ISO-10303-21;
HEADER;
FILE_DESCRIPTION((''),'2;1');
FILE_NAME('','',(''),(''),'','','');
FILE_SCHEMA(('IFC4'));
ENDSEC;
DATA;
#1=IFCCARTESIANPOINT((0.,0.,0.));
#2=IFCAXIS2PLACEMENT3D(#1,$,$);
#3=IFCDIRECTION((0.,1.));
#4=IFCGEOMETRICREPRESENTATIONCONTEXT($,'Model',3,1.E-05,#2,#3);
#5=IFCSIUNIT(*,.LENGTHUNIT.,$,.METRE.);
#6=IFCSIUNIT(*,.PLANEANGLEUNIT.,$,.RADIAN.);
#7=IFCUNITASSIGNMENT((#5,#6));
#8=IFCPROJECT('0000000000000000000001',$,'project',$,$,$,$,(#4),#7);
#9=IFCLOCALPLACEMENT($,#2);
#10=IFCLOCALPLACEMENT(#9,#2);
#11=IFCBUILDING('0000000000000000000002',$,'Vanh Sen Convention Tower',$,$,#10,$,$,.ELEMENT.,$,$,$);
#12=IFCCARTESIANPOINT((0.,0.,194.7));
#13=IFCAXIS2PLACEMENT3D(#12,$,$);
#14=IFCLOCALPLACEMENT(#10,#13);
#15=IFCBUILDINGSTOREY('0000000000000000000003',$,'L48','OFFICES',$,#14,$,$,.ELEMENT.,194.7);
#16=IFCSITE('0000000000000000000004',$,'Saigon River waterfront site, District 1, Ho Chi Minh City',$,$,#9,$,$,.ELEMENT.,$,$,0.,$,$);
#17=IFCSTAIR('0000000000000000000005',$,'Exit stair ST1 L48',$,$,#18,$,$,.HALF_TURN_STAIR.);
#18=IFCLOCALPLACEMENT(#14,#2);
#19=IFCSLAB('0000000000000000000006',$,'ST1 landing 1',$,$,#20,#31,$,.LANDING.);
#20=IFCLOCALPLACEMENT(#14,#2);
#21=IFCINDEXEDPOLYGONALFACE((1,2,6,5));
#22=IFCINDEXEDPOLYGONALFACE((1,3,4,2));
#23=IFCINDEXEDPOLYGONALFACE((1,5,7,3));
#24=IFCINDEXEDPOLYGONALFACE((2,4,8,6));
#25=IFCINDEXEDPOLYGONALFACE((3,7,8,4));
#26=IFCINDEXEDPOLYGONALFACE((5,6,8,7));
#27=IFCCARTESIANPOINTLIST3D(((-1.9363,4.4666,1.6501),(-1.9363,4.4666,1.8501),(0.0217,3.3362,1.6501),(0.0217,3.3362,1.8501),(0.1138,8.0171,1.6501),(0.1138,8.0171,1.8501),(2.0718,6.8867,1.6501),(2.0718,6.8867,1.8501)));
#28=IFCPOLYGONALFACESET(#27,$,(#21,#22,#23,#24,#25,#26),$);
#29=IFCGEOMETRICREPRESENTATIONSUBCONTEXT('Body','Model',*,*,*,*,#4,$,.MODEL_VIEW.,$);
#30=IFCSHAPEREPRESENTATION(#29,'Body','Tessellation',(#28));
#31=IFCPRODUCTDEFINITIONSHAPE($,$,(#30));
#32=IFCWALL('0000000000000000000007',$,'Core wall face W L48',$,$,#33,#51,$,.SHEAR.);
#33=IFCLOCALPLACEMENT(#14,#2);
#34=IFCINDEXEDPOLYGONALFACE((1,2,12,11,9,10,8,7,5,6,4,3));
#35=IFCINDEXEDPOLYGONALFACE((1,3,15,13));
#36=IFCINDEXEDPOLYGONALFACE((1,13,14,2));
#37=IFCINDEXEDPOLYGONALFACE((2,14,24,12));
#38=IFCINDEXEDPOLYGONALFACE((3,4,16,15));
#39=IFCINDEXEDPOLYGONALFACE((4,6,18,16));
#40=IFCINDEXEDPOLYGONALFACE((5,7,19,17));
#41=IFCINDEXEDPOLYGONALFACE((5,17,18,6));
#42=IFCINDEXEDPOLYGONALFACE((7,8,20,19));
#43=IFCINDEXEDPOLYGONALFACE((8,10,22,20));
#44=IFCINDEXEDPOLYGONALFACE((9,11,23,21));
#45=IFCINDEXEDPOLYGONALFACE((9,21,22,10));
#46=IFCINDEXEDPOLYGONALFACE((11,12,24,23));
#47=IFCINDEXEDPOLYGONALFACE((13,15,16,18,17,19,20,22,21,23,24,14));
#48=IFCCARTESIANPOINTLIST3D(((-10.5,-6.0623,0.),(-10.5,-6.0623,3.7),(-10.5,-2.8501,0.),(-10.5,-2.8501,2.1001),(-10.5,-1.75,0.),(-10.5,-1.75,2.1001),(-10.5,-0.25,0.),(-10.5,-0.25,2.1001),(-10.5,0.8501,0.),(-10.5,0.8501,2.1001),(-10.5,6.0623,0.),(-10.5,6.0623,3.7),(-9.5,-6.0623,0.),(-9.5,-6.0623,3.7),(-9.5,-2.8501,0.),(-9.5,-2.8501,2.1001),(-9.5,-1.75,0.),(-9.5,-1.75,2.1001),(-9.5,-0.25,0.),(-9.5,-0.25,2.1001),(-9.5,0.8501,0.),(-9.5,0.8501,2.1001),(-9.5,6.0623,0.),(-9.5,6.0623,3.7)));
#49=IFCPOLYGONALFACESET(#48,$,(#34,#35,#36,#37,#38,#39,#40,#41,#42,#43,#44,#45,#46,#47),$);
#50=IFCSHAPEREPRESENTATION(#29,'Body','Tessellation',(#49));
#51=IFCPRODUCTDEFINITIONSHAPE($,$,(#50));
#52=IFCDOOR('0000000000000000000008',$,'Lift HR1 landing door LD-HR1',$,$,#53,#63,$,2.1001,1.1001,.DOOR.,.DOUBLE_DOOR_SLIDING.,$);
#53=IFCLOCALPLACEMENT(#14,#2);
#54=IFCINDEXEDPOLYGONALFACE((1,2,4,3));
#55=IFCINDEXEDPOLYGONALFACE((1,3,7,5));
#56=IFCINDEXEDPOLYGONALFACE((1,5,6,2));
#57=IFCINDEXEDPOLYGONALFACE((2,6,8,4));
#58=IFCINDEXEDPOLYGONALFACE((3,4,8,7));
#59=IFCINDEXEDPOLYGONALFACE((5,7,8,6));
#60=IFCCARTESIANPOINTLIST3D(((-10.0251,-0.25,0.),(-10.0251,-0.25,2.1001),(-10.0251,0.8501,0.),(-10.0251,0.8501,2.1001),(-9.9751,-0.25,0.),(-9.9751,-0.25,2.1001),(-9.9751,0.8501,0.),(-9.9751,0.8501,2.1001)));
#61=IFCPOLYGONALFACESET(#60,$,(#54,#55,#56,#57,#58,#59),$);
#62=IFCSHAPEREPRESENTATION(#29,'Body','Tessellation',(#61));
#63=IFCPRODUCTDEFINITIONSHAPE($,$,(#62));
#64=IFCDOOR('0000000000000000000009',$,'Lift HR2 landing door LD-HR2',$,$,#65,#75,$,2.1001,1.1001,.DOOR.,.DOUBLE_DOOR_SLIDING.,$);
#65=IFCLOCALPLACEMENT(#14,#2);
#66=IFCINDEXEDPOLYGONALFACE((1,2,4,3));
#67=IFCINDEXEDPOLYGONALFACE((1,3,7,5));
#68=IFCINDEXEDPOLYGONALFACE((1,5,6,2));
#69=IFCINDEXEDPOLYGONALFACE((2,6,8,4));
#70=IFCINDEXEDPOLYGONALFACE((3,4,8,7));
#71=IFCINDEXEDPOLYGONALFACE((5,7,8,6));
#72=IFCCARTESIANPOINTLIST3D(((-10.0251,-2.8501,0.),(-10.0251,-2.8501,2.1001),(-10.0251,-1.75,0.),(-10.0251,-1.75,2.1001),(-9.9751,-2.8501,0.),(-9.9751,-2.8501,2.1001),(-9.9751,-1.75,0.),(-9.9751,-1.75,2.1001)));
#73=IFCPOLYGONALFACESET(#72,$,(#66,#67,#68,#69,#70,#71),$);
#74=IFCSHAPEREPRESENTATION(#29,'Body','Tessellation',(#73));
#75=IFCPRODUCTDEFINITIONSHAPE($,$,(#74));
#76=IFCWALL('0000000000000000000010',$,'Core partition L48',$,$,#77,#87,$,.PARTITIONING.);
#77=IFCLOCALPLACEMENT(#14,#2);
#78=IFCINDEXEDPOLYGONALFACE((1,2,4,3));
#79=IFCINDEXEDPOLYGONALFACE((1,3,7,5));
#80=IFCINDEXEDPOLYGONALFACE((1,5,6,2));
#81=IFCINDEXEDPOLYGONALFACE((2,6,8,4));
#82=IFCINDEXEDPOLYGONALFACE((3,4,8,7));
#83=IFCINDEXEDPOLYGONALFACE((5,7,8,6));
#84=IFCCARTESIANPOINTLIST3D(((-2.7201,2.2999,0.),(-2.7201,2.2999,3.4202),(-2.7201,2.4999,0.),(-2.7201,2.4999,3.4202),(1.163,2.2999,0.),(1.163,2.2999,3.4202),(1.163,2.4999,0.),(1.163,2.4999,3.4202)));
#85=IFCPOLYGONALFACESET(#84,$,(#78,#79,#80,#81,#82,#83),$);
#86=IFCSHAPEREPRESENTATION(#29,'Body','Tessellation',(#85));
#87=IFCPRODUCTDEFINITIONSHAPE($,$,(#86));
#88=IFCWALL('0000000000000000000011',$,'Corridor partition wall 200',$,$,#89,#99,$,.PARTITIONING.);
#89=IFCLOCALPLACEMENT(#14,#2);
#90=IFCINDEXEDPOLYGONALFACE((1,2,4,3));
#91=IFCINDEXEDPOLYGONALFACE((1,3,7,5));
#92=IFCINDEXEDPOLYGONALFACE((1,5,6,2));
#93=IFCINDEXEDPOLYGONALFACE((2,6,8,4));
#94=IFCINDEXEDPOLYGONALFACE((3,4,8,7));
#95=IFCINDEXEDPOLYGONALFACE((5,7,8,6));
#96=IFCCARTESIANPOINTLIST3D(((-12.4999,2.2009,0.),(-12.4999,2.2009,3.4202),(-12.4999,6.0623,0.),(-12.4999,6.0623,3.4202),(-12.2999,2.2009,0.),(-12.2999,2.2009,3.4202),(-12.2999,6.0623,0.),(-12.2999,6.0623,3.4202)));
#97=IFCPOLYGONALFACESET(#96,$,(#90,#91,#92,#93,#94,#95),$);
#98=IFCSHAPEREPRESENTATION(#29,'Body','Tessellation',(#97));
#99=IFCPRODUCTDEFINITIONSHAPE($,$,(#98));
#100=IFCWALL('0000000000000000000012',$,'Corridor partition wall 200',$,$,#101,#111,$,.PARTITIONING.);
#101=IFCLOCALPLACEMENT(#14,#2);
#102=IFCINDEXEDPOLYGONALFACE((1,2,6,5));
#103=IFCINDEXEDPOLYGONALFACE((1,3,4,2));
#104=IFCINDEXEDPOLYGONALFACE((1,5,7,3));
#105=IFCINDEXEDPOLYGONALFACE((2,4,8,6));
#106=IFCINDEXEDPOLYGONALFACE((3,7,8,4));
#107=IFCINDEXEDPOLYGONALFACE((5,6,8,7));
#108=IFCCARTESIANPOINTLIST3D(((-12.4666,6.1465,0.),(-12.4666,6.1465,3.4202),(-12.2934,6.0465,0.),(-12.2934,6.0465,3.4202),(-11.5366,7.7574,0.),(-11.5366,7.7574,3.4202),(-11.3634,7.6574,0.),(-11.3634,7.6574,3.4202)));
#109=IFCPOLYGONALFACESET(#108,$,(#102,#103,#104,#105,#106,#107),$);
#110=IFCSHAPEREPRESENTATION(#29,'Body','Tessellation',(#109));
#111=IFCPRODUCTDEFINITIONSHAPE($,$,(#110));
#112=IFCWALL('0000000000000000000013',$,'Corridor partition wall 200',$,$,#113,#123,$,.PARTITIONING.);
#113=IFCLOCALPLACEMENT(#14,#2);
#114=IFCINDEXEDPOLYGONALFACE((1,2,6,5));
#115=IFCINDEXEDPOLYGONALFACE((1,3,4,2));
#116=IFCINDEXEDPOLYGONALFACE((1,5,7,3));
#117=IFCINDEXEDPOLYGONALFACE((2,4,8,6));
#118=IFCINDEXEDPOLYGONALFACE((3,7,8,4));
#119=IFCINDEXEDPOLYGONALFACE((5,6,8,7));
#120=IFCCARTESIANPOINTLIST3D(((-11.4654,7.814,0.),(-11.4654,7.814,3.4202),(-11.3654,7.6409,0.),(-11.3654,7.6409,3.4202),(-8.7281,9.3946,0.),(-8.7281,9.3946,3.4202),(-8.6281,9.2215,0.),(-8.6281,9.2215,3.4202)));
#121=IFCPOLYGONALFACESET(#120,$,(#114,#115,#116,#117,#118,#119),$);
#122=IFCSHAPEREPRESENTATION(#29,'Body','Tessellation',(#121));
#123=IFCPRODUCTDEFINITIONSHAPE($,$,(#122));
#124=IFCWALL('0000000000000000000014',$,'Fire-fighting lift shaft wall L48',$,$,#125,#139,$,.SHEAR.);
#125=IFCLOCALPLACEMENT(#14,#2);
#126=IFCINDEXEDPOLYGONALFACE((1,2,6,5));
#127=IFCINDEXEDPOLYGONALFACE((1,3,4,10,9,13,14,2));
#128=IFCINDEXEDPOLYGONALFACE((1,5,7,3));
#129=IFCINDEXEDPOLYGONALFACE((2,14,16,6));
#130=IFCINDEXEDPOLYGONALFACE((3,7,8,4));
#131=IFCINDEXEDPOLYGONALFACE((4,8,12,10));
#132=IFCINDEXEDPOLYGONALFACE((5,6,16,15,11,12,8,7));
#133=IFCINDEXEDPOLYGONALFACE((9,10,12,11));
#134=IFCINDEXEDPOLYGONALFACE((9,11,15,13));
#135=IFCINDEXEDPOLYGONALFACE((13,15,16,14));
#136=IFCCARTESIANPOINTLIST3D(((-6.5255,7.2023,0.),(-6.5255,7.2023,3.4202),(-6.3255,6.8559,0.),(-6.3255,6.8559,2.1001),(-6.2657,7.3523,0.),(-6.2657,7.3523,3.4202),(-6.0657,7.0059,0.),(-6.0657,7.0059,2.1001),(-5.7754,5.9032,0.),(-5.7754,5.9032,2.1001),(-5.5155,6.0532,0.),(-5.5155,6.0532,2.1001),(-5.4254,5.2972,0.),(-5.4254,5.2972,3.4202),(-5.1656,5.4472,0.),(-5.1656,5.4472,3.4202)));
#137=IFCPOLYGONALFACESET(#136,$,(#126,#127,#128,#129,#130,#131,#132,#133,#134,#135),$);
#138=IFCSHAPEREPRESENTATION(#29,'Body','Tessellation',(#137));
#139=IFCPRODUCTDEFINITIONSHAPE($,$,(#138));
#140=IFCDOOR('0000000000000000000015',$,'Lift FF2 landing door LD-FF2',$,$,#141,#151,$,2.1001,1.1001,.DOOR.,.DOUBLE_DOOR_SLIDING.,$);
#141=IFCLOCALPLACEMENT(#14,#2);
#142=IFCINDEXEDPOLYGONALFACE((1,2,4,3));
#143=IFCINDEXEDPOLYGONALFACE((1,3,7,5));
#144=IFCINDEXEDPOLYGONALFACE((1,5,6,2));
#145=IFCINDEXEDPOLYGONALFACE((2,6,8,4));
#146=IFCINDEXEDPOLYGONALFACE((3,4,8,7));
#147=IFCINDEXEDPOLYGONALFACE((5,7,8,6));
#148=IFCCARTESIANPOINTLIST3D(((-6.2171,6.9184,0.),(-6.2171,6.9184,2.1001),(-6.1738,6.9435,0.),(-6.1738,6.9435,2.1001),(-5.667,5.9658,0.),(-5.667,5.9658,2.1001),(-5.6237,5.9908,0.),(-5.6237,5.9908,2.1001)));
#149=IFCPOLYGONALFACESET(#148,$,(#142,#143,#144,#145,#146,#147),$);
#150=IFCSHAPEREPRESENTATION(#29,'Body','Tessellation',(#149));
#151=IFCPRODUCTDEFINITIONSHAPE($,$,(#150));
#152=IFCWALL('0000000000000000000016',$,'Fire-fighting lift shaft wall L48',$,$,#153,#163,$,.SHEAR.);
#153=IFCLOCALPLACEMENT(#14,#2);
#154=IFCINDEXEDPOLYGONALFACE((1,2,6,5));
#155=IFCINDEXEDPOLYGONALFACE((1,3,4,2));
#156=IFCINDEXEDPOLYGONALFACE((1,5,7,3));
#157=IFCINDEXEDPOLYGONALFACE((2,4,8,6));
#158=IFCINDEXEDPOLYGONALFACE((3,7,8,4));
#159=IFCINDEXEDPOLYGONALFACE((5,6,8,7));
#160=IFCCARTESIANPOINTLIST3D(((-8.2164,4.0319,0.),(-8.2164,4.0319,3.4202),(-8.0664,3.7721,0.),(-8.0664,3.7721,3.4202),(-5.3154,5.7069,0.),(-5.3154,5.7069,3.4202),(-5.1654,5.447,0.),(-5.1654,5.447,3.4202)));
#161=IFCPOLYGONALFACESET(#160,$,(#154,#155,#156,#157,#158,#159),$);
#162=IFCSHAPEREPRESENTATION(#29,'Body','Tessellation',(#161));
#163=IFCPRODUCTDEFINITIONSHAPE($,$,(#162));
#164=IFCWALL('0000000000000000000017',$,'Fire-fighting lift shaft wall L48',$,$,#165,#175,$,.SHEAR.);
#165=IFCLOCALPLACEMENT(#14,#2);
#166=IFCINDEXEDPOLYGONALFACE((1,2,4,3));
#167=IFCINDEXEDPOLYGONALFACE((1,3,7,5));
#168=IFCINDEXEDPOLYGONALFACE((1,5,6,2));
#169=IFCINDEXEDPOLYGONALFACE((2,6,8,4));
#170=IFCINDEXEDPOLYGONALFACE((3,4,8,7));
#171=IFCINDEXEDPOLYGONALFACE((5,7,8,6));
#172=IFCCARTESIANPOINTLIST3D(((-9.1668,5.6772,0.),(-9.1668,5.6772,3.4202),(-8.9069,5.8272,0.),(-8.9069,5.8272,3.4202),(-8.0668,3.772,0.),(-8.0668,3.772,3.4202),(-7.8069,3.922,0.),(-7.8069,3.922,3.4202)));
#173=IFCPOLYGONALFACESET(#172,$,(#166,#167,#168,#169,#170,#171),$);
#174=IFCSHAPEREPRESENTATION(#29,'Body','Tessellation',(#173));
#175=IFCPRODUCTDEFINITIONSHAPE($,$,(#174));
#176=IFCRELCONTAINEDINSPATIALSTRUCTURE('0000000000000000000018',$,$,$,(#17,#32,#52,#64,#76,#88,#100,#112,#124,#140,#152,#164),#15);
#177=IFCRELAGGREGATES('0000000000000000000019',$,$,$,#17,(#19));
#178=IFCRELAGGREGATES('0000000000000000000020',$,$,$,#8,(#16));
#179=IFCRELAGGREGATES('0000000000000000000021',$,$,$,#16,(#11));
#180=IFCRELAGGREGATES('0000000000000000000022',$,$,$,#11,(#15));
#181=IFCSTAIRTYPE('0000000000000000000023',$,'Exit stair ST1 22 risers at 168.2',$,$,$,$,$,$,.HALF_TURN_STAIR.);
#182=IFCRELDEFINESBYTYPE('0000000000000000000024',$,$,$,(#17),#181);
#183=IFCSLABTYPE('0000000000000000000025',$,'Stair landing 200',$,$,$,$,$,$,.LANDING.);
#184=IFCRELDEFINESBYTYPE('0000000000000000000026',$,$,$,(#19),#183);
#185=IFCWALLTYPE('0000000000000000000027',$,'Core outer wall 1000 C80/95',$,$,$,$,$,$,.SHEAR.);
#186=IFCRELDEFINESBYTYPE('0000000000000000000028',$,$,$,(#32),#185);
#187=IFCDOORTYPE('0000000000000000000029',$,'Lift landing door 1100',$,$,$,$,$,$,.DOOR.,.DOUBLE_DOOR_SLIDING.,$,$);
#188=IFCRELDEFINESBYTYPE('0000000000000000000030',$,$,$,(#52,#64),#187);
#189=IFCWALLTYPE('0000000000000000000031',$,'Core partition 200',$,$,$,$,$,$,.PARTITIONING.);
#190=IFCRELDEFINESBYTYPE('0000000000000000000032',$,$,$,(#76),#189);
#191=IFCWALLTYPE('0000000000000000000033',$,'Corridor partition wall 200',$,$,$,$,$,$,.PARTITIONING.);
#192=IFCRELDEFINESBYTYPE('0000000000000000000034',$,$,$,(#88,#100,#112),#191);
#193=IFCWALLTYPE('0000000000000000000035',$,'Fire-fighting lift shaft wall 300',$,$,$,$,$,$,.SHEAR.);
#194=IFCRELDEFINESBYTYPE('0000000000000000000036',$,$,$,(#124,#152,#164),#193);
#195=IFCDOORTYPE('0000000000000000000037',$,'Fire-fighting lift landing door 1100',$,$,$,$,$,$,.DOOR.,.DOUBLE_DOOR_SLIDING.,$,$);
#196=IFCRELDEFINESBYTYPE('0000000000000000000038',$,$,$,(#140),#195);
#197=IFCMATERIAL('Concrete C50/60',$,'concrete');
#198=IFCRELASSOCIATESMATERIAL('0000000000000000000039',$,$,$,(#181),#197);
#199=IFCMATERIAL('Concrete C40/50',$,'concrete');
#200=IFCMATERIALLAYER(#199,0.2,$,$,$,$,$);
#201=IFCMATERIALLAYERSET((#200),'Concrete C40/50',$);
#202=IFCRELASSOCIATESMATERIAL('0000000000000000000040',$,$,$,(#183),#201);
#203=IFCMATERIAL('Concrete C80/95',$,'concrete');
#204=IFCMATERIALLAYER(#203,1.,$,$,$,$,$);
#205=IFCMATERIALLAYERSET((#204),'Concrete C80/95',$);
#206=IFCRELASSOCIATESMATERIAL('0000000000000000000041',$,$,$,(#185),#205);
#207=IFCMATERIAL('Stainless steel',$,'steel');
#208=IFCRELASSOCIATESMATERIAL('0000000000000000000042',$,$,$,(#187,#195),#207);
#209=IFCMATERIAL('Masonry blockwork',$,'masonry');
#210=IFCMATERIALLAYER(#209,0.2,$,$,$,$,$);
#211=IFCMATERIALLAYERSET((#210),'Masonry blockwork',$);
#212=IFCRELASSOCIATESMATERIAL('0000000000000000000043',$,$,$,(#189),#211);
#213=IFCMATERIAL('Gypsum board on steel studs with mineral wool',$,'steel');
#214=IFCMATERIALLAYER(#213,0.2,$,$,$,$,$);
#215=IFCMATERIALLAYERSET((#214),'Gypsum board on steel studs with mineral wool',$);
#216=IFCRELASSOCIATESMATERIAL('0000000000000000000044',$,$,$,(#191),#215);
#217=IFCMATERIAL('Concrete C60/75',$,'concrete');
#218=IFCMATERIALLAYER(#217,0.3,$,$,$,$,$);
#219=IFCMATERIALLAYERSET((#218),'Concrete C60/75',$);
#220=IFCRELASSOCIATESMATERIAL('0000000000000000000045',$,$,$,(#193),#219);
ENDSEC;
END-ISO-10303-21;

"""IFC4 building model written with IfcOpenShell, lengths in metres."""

from ifc_helpers import new_model, si_unit, direction, frame, frame_2d, origin, place, context, subcontext, project, spatial, polyline, rectangle, outline, extrude, material, layer, layer_set, type_object, element, fill, aggregate, save


model = new_model("IFC4")

# Units and contexts
model_context = context("Model", 3, precision=1e-05, world=origin(), true_north=direction((0.0, 1.0)))
body_context = subcontext(model_context, "Body", "Model", "MODEL_VIEW")
ifc_project = project(units=[si_unit("LENGTHUNIT", "METRE"), si_unit("PLANEANGLEUNIT", "RADIAN")], contexts=[model_context])

# Site, building, storey
site_placement = place(None, origin())
site = spatial("IfcSite", under=ifc_project, at=site_placement, Name="Saigon River waterfront site, District 1, Ho Chi Minh City", CompositionType="ELEMENT", RefElevation=0.0)
building_placement = place(site_placement, origin())
building = spatial("IfcBuilding", under=site, at=building_placement, Name="Vanh Sen Convention Tower", CompositionType="ELEMENT")
storey_placement = place(building_placement, frame((0.0, 0.0, 194.7)))
storey = spatial("IfcBuildingStorey", under=building, at=storey_placement, Name="L48", Description="OFFICES", CompositionType="ELEMENT", Elevation=194.7)

# Stair, slab
ifc_material_1 = material(Name="Concrete C50/60", Category="concrete")
stair_type = type_object("IfcStairType", Name="Exit stair ST1 22 risers at 168.2", PredefinedType="HALF_TURN_STAIR", material=ifc_material_1)
stair_placement = place(storey_placement, origin())
stair = element("IfcStair", 1, at=stair_placement, inside=storey, type_object=stair_type, Name="Exit stair ST1 L48", PredefinedType="HALF_TURN_STAIR")
ifc_material_2 = material(Name="Concrete C40/50", Category="concrete")
ifc_layer_1 = layer(ifc_material_2, 0.2)
ifc_layer_set_1 = layer_set([ifc_layer_1], Name="Concrete C40/50")
slab_type = type_object("IfcSlabType", Name="Stair landing 200", PredefinedType="LANDING", material=ifc_layer_set_1)
slab_placement = place(storey_placement, frame((0.0, 0.0, 1.6501)))
slab = element("IfcSlab", 2, at=slab_placement, type_object=slab_type, Name="ST1 landing 1", PredefinedType="LANDING", context=body_context, shape_type="SweptSolid", body=[
    extrude(outline(polyline([(2.0718, 6.8867), (0.1138, 8.0171), (-1.9363, 4.4666), (0.0217, 3.3362), (2.0718, 6.8867)])), origin(), (0.0, 0.0, 1.0), 0.2),
])
aggregate(stair, [slab])

# Wall, openings, doors
ifc_material_3 = material(Name="Concrete C80/95", Category="concrete")
ifc_layer_2 = layer(ifc_material_3, 1.0)
ifc_layer_set_2 = layer_set([ifc_layer_2], Name="Concrete C80/95")
wall_type_1 = type_object("IfcWallType", Name="Core outer wall 1000 C80/95", PredefinedType="SHEAR", material=ifc_layer_set_2)
wall_1_placement = place(storey_placement, frame((-10.0, 6.0623, 0.0), z_axis=(0.0, 0.0, 1.0), x_axis=(0.0, -1.0, 0.0)))
wall_1 = element("IfcWall", 3, at=wall_1_placement, inside=storey, type_object=wall_type_1, Name="Core wall face W L48", PredefinedType="SHEAR", context=body_context, shape_type="SweptSolid", body=[
    extrude(rectangle(XDim=12.1245, YDim=1.0, at=frame_2d((6.0623, 0.0))), origin(), (0.0, 0.0, 1.0), 3.7),
])
opening_1_placement = place(wall_1_placement, frame((5.2122, 0.0, 0.0)))
opening_1 = element("IfcOpeningElement", 4, at=opening_1_placement, cuts=wall_1, PredefinedType="OPENING", context=body_context, shape_type="SweptSolid", body=[
    extrude(rectangle(XDim=1.1001, YDim=2.1001, at=frame_2d((0.55, 1.05))), frame((0.0, 0.51, 0.0), z_axis=(0.0, -1.0, 0.0), x_axis=(1.0, 0.0, 0.0)), (0.0, 0.0, 1.0), 1.02),
])
opening_2_placement = place(wall_1_placement, frame((7.8123, 0.0, 0.0)))
opening_2 = element("IfcOpeningElement", 5, at=opening_2_placement, cuts=wall_1, PredefinedType="OPENING", context=body_context, shape_type="SweptSolid", body=[
    extrude(rectangle(XDim=1.1001, YDim=2.1001, at=frame_2d((0.55, 1.05))), frame((0.0, 0.51, 0.0), z_axis=(0.0, -1.0, 0.0), x_axis=(1.0, 0.0, 0.0)), (0.0, 0.0, 1.0), 1.02),
])
ifc_material_4 = material(Name="Stainless steel", Category="steel")
door_type_1 = type_object("IfcDoorType", Name="Lift landing door 1100", OperationType="DOUBLE_DOOR_SLIDING", PredefinedType="DOOR", material=ifc_material_4)
door_1_placement = place(opening_1_placement, origin())
door_1 = element("IfcDoor", 6, at=door_1_placement, inside=storey, type_object=door_type_1, Name="Lift HR1 landing door LD-HR1", OperationType="DOUBLE_DOOR_SLIDING", OverallHeight=2.1001, OverallWidth=1.1001, PredefinedType="DOOR", context=body_context, shape_type="SweptSolid", body=[
    extrude(rectangle(XDim=1.1001, YDim=2.1001, at=frame_2d((0.55, 1.05))), frame((0.0, 0.0249, 0.0), z_axis=(0.0, -1.0, 0.0), x_axis=(1.0, 0.0, 0.0)), (0.0, 0.0, 1.0), 0.05),
])
fill(opening_1, door_1)
door_2_placement = place(opening_2_placement, origin())
door_2 = element("IfcDoor", 7, at=door_2_placement, inside=storey, type_object=door_type_1, Name="Lift HR2 landing door LD-HR2", OperationType="DOUBLE_DOOR_SLIDING", OverallHeight=2.1001, OverallWidth=1.1001, PredefinedType="DOOR", context=body_context, shape_type="SweptSolid", body=[
    extrude(rectangle(XDim=1.1001, YDim=2.1001, at=frame_2d((0.55, 1.05))), frame((0.0, 0.0249, 0.0), z_axis=(0.0, -1.0, 0.0), x_axis=(1.0, 0.0, 0.0)), (0.0, 0.0, 1.0), 0.05),
])
fill(opening_2, door_2)

# Walls
ifc_material_5 = material(Name="Masonry blockwork", Category="masonry")
ifc_layer_3 = layer(ifc_material_5, 0.2)
ifc_layer_set_3 = layer_set([ifc_layer_3], Name="Masonry blockwork")
wall_type_2 = type_object("IfcWallType", Name="Core partition 200", PredefinedType="PARTITIONING", material=ifc_layer_set_3)
wall_2_placement = place(storey_placement, frame((-2.72, 2.3999, 0.0), z_axis=(0.0, 0.0, 1.0), x_axis=(1.0, 0.0, 0.0)))
element("IfcWall", 8, at=wall_2_placement, inside=storey, type_object=wall_type_2, Name="Core partition L48", PredefinedType="PARTITIONING", context=body_context, shape_type="SweptSolid", body=[
    extrude(rectangle(XDim=3.8831, YDim=0.2, at=frame_2d((1.9414, 0.0))), origin(), (0.0, 0.0, 1.0), 3.4202),
])
ifc_material_6 = material(Name="Gypsum board on steel studs with mineral wool", Category="steel")
ifc_layer_4 = layer(ifc_material_6, 0.2)
ifc_layer_set_4 = layer_set([ifc_layer_4], Name="Gypsum board on steel studs with mineral wool")
wall_type_3 = type_object("IfcWallType", Name="Corridor partition wall 200", PredefinedType="PARTITIONING", material=ifc_layer_set_4)
wall_3_placement = place(storey_placement, frame((-12.3999, 6.0623, 0.0), z_axis=(0.0, 0.0, 1.0), x_axis=(0.0, -1.0, 0.0)))
element("IfcWall", 9, at=wall_3_placement, inside=storey, type_object=wall_type_3, Name="Corridor partition wall 200", PredefinedType="PARTITIONING", context=body_context, shape_type="SweptSolid", body=[
    extrude(rectangle(XDim=3.8613, YDim=0.2, at=frame_2d((1.9307, 0.0))), origin(), (0.0, 0.0, 1.0), 3.4202),
])
wall_4_placement = place(storey_placement, frame((-11.45, 7.7075, 0.0), z_axis=(0.0, 0.0, 1.0), x_axis=(-0.499965, -0.866046, 0.0)))
element("IfcWall", 10, at=wall_4_placement, inside=storey, type_object=wall_type_3, Name="Corridor partition wall 200", PredefinedType="PARTITIONING", context=body_context, shape_type="SweptSolid", body=[
    extrude(rectangle(XDim=1.8601, YDim=0.2, at=frame_2d((0.9302, 0.0))), origin(), (0.0, 0.0, 1.0), 3.4202),
])
wall_5_placement = place(storey_placement, frame((-8.678, 9.3081, 0.0), z_axis=(0.0, 0.0, 1.0), x_axis=(-0.866, -0.500043, 0.0)))
element("IfcWall", 11, at=wall_5_placement, inside=storey, type_object=wall_type_3, Name="Corridor partition wall 200", PredefinedType="PARTITIONING", context=body_context, shape_type="SweptSolid", body=[
    extrude(rectangle(XDim=3.1609, YDim=0.2, at=frame_2d((1.5806, 0.0))), origin(), (0.0, 0.0, 1.0), 3.4202),
])

# Wall, opening, door
ifc_material_7 = material(Name="Concrete C60/75", Category="concrete")
ifc_layer_5 = layer(ifc_material_7, 0.3)
ifc_layer_set_5 = layer_set([ifc_layer_5], Name="Concrete C60/75")
wall_type_4 = type_object("IfcWallType", Name="Fire-fighting lift shaft wall 300", PredefinedType="SHEAR", material=ifc_layer_set_5)
wall_6_placement = place(storey_placement, frame((-5.2954, 5.3721, 0.0), z_axis=(0.0, 0.0, 1.0), x_axis=(-0.500078, 0.86598, 0.0)))
wall_6 = element("IfcWall", 12, at=wall_6_placement, inside=storey, type_object=wall_type_4, Name="Fire-fighting lift shaft wall L48", PredefinedType="SHEAR", context=body_context, shape_type="SweptSolid", body=[
    extrude(rectangle(XDim=2.2, YDim=0.3, at=frame_2d((1.1001, 0.0))), origin(), (0.0, 0.0, 1.0), 3.4202),
])
opening_3_placement = place(wall_6_placement, frame((0.7, 0.0, 0.0)))
opening_3 = element("IfcOpeningElement", 13, at=opening_3_placement, cuts=wall_6, PredefinedType="OPENING", context=body_context, shape_type="SweptSolid", body=[
    extrude(rectangle(XDim=1.1001, YDim=2.1001, at=frame_2d((0.55, 1.05))), frame((0.0, 0.1599, 0.0), z_axis=(0.0, -1.0, 0.0), x_axis=(1.0, 0.0, 0.0)), (0.0, 0.0, 1.0), 0.3201),
])
door_type_2 = type_object("IfcDoorType", Name="Fire-fighting lift landing door 1100", OperationType="DOUBLE_DOOR_SLIDING", PredefinedType="DOOR", material=ifc_material_4)
door_3_placement = place(opening_3_placement, origin())
door_3 = element("IfcDoor", 14, at=door_3_placement, inside=storey, type_object=door_type_2, Name="Lift FF2 landing door LD-FF2", OperationType="DOUBLE_DOOR_SLIDING", OverallHeight=2.1001, OverallWidth=1.1001, PredefinedType="DOOR", context=body_context, shape_type="SweptSolid", body=[
    extrude(rectangle(XDim=1.1001, YDim=2.1001, at=frame_2d((0.55, 1.05))), frame((0.0, 0.0249, 0.0), z_axis=(0.0, -1.0, 0.0), x_axis=(1.0, 0.0, 0.0)), (0.0, 0.0, 1.0), 0.05),
])
fill(opening_3, door_3)

# Walls
wall_7_placement = place(storey_placement, frame((-5.2405, 5.5769, 0.0), z_axis=(0.0, 0.0, 1.0), x_axis=(-0.866014, -0.500019, 0.0)))
element("IfcWall", 15, at=wall_7_placement, inside=storey, type_object=wall_type_4, Name="Fire-fighting lift shaft wall L48", PredefinedType="SHEAR", context=body_context, shape_type="SweptSolid", body=[
    extrude(rectangle(XDim=3.3499, YDim=0.3, at=frame_2d((1.6748, 0.0))), origin(), (0.0, 0.0, 1.0), 3.4202),
])
wall_8_placement = place(storey_placement, frame((-7.9368, 3.8469, 0.0), z_axis=(0.0, 0.0, 1.0), x_axis=(-0.50003, 0.866008, 0.0)))
element("IfcWall", 16, at=wall_8_placement, inside=storey, type_object=wall_type_4, Name="Fire-fighting lift shaft wall L48", PredefinedType="SHEAR", context=body_context, shape_type="SweptSolid", body=[
    extrude(rectangle(XDim=2.2, YDim=0.3, at=frame_2d((1.1001, 0.0))), origin(), (0.0, 0.0, 1.0), 3.4202),
])

save(model, "model.ifc")
